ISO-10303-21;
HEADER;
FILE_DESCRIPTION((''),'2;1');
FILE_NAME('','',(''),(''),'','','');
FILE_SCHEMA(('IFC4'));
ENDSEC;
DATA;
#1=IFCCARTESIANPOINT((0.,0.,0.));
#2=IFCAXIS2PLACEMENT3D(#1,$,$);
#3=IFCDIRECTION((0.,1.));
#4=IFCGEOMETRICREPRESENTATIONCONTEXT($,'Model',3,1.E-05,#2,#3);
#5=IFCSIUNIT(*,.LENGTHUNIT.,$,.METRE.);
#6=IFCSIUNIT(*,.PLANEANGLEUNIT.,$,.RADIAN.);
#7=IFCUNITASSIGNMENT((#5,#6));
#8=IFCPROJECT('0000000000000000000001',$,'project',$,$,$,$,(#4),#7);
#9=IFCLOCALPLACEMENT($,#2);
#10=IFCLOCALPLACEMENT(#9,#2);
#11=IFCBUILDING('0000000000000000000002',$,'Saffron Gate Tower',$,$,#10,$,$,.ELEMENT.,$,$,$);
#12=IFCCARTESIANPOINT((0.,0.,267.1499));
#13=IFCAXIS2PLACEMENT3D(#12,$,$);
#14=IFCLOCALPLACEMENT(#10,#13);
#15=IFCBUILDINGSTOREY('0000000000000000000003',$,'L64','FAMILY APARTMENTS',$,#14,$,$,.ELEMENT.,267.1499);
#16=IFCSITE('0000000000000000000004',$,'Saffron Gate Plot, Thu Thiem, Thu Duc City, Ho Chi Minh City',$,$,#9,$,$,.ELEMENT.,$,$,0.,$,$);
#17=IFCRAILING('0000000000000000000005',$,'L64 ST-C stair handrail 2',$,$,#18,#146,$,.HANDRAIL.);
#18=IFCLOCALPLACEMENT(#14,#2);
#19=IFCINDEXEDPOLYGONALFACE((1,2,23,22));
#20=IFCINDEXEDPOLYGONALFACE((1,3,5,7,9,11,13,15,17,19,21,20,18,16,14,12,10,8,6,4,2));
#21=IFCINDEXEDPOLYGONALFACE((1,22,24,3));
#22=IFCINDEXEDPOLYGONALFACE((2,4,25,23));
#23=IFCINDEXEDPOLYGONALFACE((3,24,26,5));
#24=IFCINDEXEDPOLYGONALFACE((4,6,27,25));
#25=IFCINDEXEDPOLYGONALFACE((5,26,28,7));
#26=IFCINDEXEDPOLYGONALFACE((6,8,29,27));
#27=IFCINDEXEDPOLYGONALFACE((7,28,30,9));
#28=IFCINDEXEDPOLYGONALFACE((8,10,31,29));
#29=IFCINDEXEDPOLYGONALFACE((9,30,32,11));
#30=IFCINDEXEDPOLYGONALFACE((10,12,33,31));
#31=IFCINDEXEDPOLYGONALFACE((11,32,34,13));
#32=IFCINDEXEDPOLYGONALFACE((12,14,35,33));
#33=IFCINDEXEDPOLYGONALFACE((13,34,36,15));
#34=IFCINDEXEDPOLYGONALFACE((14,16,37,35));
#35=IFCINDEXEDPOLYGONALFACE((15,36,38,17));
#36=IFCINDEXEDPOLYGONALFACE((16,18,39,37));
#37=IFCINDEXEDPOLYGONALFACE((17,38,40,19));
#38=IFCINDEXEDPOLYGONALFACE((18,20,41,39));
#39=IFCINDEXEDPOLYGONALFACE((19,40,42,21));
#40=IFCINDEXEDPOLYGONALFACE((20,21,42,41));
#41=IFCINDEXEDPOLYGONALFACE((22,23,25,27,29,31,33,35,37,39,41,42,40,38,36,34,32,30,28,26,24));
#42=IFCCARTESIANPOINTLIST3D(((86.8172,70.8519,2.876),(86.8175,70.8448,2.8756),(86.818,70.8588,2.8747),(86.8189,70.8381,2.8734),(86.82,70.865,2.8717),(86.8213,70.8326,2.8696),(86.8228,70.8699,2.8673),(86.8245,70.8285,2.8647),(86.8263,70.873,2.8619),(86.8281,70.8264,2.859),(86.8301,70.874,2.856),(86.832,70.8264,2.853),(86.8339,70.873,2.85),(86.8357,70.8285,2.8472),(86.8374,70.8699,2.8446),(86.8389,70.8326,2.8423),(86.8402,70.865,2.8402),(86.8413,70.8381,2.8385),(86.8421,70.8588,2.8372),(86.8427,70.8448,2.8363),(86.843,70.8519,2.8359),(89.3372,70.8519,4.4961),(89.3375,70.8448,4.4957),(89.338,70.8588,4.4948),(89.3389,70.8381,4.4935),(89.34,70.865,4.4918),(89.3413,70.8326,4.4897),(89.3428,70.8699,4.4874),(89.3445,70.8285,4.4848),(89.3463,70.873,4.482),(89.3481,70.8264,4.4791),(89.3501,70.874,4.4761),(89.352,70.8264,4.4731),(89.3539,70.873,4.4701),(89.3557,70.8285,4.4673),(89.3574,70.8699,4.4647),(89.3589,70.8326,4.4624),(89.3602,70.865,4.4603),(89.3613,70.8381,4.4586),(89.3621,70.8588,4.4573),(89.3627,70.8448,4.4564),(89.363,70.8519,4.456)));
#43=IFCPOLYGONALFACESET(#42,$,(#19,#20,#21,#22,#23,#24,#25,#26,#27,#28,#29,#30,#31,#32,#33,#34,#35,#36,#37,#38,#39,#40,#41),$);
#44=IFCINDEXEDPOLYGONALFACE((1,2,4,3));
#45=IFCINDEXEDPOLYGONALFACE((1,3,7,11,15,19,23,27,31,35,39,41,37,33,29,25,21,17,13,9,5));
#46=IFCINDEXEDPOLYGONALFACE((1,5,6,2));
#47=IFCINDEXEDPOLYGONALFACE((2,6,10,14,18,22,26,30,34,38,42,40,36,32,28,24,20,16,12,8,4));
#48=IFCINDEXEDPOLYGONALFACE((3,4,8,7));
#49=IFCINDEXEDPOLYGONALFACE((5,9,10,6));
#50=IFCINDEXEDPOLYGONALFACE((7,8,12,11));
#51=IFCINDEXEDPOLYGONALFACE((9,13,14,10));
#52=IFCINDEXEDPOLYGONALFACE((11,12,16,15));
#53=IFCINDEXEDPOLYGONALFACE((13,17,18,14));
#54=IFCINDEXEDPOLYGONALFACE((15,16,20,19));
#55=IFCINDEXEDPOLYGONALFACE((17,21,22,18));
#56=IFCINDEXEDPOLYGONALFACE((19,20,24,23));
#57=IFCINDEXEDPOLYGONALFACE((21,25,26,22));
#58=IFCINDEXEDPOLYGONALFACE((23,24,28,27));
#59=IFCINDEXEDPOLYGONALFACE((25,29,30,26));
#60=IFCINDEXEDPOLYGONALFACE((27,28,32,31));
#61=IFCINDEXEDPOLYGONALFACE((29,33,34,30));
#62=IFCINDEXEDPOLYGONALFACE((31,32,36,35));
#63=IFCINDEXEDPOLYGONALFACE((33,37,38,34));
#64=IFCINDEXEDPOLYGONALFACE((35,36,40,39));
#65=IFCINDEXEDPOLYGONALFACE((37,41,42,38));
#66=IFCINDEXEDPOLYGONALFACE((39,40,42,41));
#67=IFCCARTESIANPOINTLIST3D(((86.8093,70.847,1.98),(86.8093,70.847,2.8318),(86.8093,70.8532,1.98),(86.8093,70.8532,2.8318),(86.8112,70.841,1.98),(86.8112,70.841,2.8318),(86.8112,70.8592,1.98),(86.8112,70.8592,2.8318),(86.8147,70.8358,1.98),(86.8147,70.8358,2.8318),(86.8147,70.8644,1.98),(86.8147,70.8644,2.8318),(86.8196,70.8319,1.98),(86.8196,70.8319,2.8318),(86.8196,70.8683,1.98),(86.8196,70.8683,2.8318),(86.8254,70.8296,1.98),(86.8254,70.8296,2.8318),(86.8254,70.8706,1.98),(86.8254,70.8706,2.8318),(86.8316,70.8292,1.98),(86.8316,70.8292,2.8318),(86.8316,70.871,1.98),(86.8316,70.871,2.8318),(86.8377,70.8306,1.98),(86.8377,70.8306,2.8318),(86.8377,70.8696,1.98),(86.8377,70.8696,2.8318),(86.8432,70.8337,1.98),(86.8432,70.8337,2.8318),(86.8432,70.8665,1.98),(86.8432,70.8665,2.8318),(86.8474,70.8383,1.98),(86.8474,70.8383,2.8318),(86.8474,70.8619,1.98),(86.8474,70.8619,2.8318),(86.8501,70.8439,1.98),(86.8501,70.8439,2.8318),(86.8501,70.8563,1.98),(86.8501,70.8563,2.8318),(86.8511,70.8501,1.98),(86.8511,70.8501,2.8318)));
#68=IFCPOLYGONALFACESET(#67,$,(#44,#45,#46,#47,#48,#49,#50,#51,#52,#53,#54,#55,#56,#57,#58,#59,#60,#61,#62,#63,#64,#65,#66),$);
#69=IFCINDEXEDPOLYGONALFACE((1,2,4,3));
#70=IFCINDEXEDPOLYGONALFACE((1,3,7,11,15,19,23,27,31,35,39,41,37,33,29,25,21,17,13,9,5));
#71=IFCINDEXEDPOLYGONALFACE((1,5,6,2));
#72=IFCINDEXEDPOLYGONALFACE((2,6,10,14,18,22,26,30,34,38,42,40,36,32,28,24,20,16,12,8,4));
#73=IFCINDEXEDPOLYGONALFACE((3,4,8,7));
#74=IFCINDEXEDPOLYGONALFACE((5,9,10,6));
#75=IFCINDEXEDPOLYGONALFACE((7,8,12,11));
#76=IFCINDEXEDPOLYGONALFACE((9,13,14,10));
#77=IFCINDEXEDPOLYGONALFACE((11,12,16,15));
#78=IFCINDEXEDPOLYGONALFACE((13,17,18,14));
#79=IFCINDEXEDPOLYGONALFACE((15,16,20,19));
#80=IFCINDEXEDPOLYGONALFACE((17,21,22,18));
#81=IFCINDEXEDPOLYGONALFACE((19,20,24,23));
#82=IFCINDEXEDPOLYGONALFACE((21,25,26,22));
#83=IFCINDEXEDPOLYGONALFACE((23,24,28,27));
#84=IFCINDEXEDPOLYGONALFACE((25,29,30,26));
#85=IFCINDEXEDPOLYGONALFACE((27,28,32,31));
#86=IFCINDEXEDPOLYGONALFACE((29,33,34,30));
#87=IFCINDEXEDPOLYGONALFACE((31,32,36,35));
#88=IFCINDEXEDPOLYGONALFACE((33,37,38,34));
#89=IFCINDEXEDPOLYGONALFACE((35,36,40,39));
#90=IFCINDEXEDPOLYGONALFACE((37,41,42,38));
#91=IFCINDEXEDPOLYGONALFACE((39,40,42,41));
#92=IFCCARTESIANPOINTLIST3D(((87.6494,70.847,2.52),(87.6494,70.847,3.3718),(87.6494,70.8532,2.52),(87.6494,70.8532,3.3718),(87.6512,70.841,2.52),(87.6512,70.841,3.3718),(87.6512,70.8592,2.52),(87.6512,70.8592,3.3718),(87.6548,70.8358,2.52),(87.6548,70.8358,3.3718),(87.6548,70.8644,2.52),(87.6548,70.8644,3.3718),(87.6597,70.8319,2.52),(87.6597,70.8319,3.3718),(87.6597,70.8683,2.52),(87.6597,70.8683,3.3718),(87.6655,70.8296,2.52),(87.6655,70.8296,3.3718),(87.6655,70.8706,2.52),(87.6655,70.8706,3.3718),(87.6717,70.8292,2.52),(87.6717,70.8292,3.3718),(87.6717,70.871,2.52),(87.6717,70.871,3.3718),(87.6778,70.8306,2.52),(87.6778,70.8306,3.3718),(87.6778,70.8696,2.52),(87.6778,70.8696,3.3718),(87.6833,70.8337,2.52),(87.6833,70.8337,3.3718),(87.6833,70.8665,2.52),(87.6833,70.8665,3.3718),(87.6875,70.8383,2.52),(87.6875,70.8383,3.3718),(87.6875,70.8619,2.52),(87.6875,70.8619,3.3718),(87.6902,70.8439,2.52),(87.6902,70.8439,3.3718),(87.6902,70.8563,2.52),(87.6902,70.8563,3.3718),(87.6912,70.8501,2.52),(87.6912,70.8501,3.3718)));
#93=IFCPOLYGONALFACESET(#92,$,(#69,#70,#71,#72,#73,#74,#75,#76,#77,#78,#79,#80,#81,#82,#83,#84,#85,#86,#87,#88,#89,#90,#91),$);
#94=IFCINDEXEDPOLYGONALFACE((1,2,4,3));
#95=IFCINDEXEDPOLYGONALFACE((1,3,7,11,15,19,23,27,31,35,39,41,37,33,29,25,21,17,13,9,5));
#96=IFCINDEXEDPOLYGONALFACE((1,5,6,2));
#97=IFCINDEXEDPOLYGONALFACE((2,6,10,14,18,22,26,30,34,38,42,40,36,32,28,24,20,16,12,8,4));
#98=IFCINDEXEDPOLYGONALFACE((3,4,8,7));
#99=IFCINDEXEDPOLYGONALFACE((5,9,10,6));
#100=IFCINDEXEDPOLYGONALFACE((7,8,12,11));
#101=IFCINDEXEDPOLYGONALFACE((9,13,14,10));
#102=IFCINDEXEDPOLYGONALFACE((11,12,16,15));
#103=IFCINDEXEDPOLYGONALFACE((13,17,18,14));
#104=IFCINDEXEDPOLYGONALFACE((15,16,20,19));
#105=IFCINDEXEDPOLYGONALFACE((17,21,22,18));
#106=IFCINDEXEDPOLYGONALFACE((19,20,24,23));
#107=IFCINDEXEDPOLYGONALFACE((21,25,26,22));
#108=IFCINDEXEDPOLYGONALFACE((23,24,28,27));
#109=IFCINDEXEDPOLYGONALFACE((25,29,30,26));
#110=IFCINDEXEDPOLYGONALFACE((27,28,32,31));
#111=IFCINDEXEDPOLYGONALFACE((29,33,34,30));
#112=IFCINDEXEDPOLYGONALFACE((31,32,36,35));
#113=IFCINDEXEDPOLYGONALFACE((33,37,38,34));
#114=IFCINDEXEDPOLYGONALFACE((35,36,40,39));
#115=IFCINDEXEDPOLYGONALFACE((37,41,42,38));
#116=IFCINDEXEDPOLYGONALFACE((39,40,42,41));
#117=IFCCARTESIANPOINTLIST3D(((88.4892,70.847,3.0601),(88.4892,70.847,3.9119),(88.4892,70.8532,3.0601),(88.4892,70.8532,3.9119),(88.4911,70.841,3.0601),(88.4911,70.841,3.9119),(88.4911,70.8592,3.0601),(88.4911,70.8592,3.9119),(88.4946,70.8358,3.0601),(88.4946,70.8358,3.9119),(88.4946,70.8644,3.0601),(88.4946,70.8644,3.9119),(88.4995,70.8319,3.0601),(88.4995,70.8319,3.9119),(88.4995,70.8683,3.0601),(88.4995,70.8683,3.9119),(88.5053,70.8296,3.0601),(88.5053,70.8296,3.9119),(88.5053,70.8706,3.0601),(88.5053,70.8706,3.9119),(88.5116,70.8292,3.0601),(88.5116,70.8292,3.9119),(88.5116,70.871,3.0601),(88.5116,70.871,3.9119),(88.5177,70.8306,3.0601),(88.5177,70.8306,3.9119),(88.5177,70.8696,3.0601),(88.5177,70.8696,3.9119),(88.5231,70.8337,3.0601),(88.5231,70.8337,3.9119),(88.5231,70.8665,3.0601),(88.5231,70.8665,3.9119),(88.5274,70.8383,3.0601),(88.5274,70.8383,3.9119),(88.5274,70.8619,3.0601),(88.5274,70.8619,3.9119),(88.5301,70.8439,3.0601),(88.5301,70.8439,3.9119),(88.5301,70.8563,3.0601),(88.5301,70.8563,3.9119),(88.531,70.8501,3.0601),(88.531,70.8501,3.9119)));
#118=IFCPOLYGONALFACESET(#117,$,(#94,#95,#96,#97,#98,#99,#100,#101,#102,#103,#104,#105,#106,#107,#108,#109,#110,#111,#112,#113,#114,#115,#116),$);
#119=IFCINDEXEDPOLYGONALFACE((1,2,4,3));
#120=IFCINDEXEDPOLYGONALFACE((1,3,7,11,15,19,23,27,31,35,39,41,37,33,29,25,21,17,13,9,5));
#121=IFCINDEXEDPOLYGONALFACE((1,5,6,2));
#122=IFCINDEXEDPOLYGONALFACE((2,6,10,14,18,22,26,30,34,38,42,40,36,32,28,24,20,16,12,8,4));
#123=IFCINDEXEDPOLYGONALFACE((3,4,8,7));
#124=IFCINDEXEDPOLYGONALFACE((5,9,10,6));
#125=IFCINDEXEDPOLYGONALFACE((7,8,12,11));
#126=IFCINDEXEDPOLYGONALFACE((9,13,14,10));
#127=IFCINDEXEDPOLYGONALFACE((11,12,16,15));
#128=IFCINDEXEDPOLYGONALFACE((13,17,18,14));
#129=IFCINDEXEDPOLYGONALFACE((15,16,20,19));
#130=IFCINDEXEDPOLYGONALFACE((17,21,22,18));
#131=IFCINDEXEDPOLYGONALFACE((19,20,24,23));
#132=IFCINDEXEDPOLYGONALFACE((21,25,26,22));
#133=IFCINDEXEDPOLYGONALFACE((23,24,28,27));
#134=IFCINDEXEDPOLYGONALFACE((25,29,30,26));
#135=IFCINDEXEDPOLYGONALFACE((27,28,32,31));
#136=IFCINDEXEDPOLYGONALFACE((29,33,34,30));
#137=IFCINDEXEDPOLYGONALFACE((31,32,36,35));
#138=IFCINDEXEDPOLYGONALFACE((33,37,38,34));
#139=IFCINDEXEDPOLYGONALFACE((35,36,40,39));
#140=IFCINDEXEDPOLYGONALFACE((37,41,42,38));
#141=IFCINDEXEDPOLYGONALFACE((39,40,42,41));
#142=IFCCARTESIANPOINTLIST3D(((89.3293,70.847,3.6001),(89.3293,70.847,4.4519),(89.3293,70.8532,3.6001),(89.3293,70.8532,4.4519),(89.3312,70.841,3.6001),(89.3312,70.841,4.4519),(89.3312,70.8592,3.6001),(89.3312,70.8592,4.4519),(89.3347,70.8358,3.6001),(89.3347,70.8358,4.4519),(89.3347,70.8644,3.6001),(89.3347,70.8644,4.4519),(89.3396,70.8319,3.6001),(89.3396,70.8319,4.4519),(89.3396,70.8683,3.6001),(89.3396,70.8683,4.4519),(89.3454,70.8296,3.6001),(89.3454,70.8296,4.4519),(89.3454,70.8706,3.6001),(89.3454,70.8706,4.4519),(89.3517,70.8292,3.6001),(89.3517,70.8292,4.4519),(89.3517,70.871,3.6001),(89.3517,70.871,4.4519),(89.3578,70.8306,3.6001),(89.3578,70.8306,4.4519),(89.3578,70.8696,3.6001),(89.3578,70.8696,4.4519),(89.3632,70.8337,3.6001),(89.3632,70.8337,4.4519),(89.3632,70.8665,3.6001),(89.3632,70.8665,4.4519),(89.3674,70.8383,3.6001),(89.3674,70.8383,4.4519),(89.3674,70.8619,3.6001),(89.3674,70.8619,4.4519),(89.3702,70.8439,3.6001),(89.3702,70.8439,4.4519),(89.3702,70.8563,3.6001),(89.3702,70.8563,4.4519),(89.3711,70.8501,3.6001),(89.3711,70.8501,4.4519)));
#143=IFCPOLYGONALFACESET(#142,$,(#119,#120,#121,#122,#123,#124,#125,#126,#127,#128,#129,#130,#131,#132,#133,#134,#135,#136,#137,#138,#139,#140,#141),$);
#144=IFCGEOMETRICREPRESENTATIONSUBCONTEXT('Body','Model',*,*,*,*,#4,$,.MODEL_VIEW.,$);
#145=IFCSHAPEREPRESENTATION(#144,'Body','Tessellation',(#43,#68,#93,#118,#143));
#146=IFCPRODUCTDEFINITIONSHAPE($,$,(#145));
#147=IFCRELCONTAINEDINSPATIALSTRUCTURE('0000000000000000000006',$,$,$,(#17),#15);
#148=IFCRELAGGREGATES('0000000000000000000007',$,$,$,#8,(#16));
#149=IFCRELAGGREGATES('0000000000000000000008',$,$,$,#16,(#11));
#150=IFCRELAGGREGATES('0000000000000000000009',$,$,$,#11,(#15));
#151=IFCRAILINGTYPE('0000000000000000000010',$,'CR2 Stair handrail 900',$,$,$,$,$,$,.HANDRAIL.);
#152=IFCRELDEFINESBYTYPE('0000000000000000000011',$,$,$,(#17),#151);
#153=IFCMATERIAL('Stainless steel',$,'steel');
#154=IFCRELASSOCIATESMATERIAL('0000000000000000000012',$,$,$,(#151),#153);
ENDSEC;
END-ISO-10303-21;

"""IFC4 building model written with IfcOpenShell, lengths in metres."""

from ifc_helpers import new_model, si_unit, direction, frame, origin, origin_2d, place, context, subcontext, project, spatial, circle, extrude, material, type_object, element, save


model = new_model("IFC4")

# Units and contexts
model_context = context("Model", 3, precision=1e-05, world=origin(), true_north=direction((0.0, 1.0)))
body_context = subcontext(model_context, "Body", "Model", "MODEL_VIEW")
ifc_project = project(units=[si_unit("LENGTHUNIT", "METRE"), si_unit("PLANEANGLEUNIT", "RADIAN")], contexts=[model_context])

# Site, building, storey
site_placement = place(None, origin())
site = spatial("IfcSite", under=ifc_project, at=site_placement, Name="Saffron Gate Plot, Thu Thiem, Thu Duc City, Ho Chi Minh City", CompositionType="ELEMENT", RefElevation=0.0)
building_placement = place(site_placement, origin())
building = spatial("IfcBuilding", under=site, at=building_placement, Name="Saffron Gate Tower", CompositionType="ELEMENT")
storey_placement = place(building_placement, frame((0.0, 0.0, 267.1499)))
storey = spatial("IfcBuildingStorey", under=building, at=storey_placement, Name="L64", Description="FAMILY APARTMENTS", CompositionType="ELEMENT", Elevation=267.1499)

# Railing
ifc_material_1 = material(Name="Stainless steel", Category="steel")
railing_type_1 = type_object("IfcRailingType", Name="CR2 Stair handrail 900", PredefinedType="HANDRAIL", material=ifc_material_1)
railing_1_placement = place(storey_placement, frame((86.8301, 70.8501, 1.98)))
element("IfcRailing", 1, at=railing_1_placement, inside=storey, type_object=railing_type_1, Name="L64 ST-C stair handrail 2", PredefinedType="HANDRAIL", context=body_context, shape_type="SweptSolid", body=[
    extrude(circle(Radius=0.0239, at=origin_2d()), frame((0.0, 0.0, 0.876), z_axis=(0.841163, 0.0, 0.540782), x_axis=(0.0, 1.0, 0.0)), (0.0, 0.0, 1.0), 2.9958),
    extrude(circle(Radius=0.021, at=origin_2d()), origin(), (0.0, 0.0, 1.0), 0.8518),
    extrude(circle(Radius=0.021, at=origin_2d()), frame((0.8401, 0.0, 0.54)), (0.0, 0.0, 1.0), 0.8518),
    extrude(circle(Radius=0.021, at=origin_2d()), frame((1.6799, 0.0, 1.0801)), (0.0, 0.0, 1.0), 0.8518),
    extrude(circle(Radius=0.021, at=origin_2d()), frame((2.52, 0.0, 1.6201)), (0.0, 0.0, 1.0), 0.8518),
])

save(model, "model.ifc")
